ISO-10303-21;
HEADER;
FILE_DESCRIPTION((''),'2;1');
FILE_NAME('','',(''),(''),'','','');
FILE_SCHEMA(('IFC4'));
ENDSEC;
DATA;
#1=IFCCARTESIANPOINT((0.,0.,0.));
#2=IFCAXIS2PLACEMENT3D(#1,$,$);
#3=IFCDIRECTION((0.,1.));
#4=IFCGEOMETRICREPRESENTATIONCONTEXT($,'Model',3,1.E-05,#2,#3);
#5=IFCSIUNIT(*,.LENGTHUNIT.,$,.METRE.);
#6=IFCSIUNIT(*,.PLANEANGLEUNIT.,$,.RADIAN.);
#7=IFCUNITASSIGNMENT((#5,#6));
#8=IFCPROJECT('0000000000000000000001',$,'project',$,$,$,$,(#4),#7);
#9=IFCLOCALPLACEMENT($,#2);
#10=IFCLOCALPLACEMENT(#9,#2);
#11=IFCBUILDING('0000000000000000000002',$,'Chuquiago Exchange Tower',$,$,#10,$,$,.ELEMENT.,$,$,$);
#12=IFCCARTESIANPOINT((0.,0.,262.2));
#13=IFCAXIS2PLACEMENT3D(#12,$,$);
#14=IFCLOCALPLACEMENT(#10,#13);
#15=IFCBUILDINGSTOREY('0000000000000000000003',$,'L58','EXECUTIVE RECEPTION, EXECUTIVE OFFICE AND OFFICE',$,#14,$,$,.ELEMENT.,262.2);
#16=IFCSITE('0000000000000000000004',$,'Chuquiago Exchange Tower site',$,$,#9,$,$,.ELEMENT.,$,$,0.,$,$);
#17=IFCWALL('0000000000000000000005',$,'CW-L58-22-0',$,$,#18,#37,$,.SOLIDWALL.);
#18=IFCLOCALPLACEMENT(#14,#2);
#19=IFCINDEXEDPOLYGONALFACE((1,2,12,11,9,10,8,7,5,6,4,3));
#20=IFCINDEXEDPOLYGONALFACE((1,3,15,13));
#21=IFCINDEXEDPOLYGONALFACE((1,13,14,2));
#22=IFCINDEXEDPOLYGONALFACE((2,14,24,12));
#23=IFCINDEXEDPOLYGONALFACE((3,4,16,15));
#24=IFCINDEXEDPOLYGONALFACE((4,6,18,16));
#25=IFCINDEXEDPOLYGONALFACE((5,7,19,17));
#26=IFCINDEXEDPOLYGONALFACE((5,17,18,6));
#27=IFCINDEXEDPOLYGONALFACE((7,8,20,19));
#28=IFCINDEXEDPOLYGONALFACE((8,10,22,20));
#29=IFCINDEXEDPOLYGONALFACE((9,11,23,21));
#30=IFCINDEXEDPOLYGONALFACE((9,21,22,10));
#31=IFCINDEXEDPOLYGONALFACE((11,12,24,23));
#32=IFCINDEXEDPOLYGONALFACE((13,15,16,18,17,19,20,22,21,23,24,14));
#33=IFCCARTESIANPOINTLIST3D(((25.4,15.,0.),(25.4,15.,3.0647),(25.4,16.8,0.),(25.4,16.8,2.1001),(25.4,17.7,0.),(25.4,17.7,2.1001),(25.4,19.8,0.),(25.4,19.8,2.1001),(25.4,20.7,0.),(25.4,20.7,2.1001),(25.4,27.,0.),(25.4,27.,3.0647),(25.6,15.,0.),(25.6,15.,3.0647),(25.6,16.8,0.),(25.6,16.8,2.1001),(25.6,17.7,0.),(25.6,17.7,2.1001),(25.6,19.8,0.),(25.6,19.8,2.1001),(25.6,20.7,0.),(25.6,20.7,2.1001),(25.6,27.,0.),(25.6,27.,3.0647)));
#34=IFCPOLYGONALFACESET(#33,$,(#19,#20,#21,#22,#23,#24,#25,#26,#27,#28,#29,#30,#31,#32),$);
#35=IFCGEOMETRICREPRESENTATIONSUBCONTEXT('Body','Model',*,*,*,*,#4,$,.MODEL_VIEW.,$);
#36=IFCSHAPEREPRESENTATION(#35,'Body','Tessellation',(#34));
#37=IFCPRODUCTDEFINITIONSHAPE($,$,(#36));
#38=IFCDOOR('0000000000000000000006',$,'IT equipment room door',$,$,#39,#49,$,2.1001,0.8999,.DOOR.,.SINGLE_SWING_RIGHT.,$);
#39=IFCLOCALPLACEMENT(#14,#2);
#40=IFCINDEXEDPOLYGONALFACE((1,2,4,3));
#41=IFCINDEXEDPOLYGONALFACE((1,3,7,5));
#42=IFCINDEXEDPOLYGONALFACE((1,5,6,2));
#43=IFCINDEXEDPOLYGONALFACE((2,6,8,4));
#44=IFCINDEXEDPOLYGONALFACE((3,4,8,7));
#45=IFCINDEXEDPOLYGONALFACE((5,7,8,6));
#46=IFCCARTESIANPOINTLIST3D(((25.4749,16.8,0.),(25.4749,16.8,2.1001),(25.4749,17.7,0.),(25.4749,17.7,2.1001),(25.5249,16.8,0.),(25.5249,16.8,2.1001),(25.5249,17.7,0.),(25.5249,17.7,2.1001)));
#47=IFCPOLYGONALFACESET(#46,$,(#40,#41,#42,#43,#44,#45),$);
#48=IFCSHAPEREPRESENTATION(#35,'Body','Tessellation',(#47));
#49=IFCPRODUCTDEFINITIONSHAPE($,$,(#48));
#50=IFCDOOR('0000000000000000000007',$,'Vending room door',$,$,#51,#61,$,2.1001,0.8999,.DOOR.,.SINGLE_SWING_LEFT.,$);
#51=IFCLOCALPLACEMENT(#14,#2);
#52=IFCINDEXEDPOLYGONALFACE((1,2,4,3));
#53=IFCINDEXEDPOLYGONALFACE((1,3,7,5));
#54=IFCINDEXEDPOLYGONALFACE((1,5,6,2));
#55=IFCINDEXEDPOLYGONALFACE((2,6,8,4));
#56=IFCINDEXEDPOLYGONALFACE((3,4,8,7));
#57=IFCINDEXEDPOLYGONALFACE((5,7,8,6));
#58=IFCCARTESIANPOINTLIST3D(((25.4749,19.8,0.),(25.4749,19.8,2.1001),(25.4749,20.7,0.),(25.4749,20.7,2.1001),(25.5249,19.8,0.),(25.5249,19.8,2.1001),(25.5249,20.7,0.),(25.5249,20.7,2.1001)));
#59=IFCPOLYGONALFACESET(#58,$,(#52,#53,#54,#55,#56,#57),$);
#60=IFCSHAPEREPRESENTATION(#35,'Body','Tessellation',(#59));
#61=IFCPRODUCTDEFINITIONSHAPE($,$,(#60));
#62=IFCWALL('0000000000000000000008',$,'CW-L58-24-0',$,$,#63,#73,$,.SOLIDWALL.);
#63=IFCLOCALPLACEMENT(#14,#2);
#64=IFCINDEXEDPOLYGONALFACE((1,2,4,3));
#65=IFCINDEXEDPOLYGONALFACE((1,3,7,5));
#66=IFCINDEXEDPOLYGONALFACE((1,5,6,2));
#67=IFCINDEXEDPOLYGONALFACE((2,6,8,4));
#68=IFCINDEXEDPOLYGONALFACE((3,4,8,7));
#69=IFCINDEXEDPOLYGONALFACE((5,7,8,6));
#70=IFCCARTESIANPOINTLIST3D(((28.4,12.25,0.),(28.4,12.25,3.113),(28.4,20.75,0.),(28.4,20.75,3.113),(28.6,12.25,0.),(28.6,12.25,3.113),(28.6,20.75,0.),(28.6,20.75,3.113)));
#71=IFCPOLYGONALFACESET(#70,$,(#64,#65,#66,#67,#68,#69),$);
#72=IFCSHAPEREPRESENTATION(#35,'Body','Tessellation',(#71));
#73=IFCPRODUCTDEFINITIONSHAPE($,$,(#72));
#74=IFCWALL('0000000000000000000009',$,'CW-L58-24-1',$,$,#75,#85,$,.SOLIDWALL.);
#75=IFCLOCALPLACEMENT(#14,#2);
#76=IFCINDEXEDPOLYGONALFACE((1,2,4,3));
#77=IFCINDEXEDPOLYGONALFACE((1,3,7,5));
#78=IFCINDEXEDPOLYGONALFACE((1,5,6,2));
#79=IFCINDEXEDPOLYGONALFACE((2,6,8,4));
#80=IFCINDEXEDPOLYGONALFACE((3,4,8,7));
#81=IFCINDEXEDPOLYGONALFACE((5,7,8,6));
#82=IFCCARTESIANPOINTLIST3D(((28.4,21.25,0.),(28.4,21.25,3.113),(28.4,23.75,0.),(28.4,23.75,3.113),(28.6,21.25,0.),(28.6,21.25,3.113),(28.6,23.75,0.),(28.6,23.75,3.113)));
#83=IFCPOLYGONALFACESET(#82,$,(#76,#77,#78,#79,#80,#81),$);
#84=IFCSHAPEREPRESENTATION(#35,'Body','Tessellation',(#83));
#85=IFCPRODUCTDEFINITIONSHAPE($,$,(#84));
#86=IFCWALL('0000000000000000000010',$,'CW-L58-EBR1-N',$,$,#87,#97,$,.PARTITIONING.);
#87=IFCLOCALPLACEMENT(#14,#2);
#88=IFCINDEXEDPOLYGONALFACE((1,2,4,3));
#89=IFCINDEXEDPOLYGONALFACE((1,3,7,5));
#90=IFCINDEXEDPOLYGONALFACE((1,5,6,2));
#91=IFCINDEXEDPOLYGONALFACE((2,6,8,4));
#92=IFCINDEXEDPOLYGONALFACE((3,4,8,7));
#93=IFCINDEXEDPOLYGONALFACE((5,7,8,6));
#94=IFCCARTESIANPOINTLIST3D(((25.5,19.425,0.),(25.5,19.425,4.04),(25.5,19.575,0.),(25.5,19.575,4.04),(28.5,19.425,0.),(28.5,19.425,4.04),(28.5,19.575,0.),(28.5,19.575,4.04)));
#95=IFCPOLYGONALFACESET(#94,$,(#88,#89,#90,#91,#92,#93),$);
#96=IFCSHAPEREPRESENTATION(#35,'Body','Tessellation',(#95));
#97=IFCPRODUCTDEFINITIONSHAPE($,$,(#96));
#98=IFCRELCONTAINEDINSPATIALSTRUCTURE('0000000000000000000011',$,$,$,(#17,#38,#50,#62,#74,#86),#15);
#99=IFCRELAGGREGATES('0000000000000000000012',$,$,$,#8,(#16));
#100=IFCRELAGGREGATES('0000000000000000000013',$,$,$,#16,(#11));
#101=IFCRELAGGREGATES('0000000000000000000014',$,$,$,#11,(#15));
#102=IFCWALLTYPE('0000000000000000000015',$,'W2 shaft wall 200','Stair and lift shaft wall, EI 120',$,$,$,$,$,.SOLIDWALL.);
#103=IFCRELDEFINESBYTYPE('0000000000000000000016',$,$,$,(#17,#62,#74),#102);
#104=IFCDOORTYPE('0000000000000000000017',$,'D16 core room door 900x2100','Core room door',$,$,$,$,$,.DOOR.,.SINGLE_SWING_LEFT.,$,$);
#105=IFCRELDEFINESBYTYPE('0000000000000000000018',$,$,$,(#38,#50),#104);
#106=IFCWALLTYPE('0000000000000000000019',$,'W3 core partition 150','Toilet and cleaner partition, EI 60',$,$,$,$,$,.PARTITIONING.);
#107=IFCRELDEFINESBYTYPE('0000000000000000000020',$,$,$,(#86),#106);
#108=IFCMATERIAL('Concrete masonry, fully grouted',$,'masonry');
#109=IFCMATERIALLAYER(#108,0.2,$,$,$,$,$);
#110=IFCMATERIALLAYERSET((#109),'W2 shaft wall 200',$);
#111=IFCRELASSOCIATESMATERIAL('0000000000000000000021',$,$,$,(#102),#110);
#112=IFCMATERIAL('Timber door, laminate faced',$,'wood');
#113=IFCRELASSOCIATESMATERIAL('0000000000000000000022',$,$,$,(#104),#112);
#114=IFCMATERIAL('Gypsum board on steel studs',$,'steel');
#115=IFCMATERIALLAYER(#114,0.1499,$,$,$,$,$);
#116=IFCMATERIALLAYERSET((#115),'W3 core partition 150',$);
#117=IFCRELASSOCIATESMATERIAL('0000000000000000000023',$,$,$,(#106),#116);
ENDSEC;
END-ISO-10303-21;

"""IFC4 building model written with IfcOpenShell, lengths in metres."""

from ifc_helpers import new_model, si_unit, direction, frame, frame_2d, origin, place, context, subcontext, project, spatial, rectangle, extrude, material, layer, layer_set, type_object, element, fill, save


model = new_model("IFC4")

# Units and contexts
model_context = context("Model", 3, precision=1e-05, world=origin(), true_north=direction((0.0, 1.0)))
body_context = subcontext(model_context, "Body", "Model", "MODEL_VIEW")
ifc_project = project(units=[si_unit("LENGTHUNIT", "METRE"), si_unit("PLANEANGLEUNIT", "RADIAN")], contexts=[model_context])

# Site, building, storey
site_placement = place(None, origin())
site = spatial("IfcSite", under=ifc_project, at=site_placement, Name="Chuquiago Exchange Tower site", CompositionType="ELEMENT", RefElevation=0.0)
building_placement = place(site_placement, origin())
building = spatial("IfcBuilding", under=site, at=building_placement, Name="Chuquiago Exchange Tower", CompositionType="ELEMENT")
storey_placement = place(building_placement, frame((0.0, 0.0, 262.2)))
storey = spatial("IfcBuildingStorey", under=building, at=storey_placement, Name="L58", Description="EXECUTIVE RECEPTION, EXECUTIVE OFFICE AND OFFICE", CompositionType="ELEMENT", Elevation=262.2)

# Shared definitions
ifc_material_1 = material(Name="Concrete masonry, fully grouted", Category="masonry")
ifc_layer_1 = layer(ifc_material_1, 0.2)
ifc_layer_set_1 = layer_set([ifc_layer_1], Name="W2 shaft wall 200")
wall_type_1 = type_object("IfcWallType", Name="W2 shaft wall 200", Description="Stair and lift shaft wall, EI 120", PredefinedType="SOLIDWALL", material=ifc_layer_set_1)

# Wall, openings, doors
wall_1_placement = place(storey_placement, frame((25.5, 15.0, 0.0), z_axis=(0.0, 0.0, 1.0), x_axis=(0.0, 1.0, 0.0)))
wall_1 = element("IfcWall", 1, at=wall_1_placement, inside=storey, type_object=wall_type_1, Name="CW-L58-22-0", PredefinedType="SOLIDWALL", context=body_context, shape_type="SweptSolid", body=[
    extrude(rectangle(XDim=12.0, YDim=0.2, at=frame_2d((6.0, 0.0))), origin(), (0.0, 0.0, 1.0), 3.0647),
])
opening_1_placement = place(wall_1_placement, frame((1.8, 0.0, 0.0)))
opening_1 = element("IfcOpeningElement", 2, at=opening_1_placement, cuts=wall_1, PredefinedType="OPENING", context=body_context, shape_type="SweptSolid", body=[
    extrude(rectangle(XDim=0.8999, YDim=2.1001, at=frame_2d((0.45, 1.05))), frame((0.0, 0.1099, 0.0), z_axis=(0.0, -1.0, 0.0), x_axis=(1.0, 0.0, 0.0)), (0.0, 0.0, 1.0), 0.22),
])
opening_2_placement = place(wall_1_placement, frame((4.8, 0.0, 0.0)))
opening_2 = element("IfcOpeningElement", 3, at=opening_2_placement, cuts=wall_1, PredefinedType="OPENING", context=body_context, shape_type="SweptSolid", body=[
    extrude(rectangle(XDim=0.8999, YDim=2.1001, at=frame_2d((0.45, 1.05))), frame((0.0, 0.1099, 0.0), z_axis=(0.0, -1.0, 0.0), x_axis=(1.0, 0.0, 0.0)), (0.0, 0.0, 1.0), 0.22),
])
ifc_material_2 = material(Name="Timber door, laminate faced", Category="wood")
door_type_1 = type_object("IfcDoorType", Name="D16 core room door 900x2100", Description="Core room door", OperationType="SINGLE_SWING_LEFT", PredefinedType="DOOR", material=ifc_material_2)
door_1_placement = place(opening_1_placement, frame((0.8999, 0.0, 0.0), z_axis=(0.0, 0.0, 1.0), x_axis=(-1.0, 0.0, 0.0)))
door_1 = element("IfcDoor", 4, at=door_1_placement, inside=storey, type_object=door_type_1, Name="IT equipment room door", OperationType="SINGLE_SWING_RIGHT", OverallHeight=2.1001, OverallWidth=0.8999, PredefinedType="DOOR", context=body_context, shape_type="SweptSolid", body=[
    extrude(rectangle(XDim=0.8999, YDim=2.1001, at=frame_2d((0.45, 1.05))), frame((0.0, 0.0249, 0.0), z_axis=(0.0, -1.0, 0.0), x_axis=(1.0, 0.0, 0.0)), (0.0, 0.0, 1.0), 0.05),
])
fill(opening_1, door_1)
door_2_placement = place(opening_2_placement, frame((0.8999, 0.0, 0.0), z_axis=(0.0, 0.0, 1.0), x_axis=(-1.0, 0.0, 0.0)))
door_2 = element("IfcDoor", 5, at=door_2_placement, inside=storey, type_object=door_type_1, Name="Vending room door", OperationType="SINGLE_SWING_LEFT", OverallHeight=2.1001, OverallWidth=0.8999, PredefinedType="DOOR", context=body_context, shape_type="SweptSolid", body=[
    extrude(rectangle(XDim=0.8999, YDim=2.1001, at=frame_2d((0.45, 1.05))), frame((0.0, 0.0249, 0.0), z_axis=(0.0, -1.0, 0.0), x_axis=(1.0, 0.0, 0.0)), (0.0, 0.0, 1.0), 0.05),
])
fill(opening_2, door_2)

# Walls
wall_2_placement = place(storey_placement, frame((28.5, 12.25, 0.0), z_axis=(0.0, 0.0, 1.0), x_axis=(0.0, 1.0, 0.0)))
element("IfcWall", 6, at=wall_2_placement, inside=storey, type_object=wall_type_1, Name="CW-L58-24-0", PredefinedType="SOLIDWALL", context=body_context, shape_type="SweptSolid", body=[
    extrude(rectangle(XDim=8.5, YDim=0.2, at=frame_2d((4.25, 0.0))), origin(), (0.0, 0.0, 1.0), 3.113),
])
wall_3_placement = place(storey_placement, frame((28.5, 21.25, 0.0), z_axis=(0.0, 0.0, 1.0), x_axis=(0.0, 1.0, 0.0)))
element("IfcWall", 7, at=wall_3_placement, inside=storey, type_object=wall_type_1, Name="CW-L58-24-1", PredefinedType="SOLIDWALL", context=body_context, shape_type="SweptSolid", body=[
    extrude(rectangle(XDim=2.5, YDim=0.2, at=frame_2d((1.25, 0.0))), origin(), (0.0, 0.0, 1.0), 3.113),
])
ifc_material_3 = material(Name="Gypsum board on steel studs", Category="steel")
ifc_layer_2 = layer(ifc_material_3, 0.1499)
ifc_layer_set_2 = layer_set([ifc_layer_2], Name="W3 core partition 150")
wall_type_2 = type_object("IfcWallType", Name="W3 core partition 150", Description="Toilet and cleaner partition, EI 60", PredefinedType="PARTITIONING", material=ifc_layer_set_2)
wall_4_placement = place(storey_placement, frame((25.5, 19.5, 0.0), z_axis=(0.0, 0.0, 1.0), x_axis=(1.0, 0.0, 0.0)))
element("IfcWall", 8, at=wall_4_placement, inside=storey, type_object=wall_type_2, Name="CW-L58-EBR1-N", PredefinedType="PARTITIONING", context=body_context, shape_type="SweptSolid", body=[
    extrude(rectangle(XDim=3.0, YDim=0.1499, at=frame_2d((1.5, 0.0))), origin(), (0.0, 0.0, 1.0), 4.04),
])

save(model, "model.ifc")
